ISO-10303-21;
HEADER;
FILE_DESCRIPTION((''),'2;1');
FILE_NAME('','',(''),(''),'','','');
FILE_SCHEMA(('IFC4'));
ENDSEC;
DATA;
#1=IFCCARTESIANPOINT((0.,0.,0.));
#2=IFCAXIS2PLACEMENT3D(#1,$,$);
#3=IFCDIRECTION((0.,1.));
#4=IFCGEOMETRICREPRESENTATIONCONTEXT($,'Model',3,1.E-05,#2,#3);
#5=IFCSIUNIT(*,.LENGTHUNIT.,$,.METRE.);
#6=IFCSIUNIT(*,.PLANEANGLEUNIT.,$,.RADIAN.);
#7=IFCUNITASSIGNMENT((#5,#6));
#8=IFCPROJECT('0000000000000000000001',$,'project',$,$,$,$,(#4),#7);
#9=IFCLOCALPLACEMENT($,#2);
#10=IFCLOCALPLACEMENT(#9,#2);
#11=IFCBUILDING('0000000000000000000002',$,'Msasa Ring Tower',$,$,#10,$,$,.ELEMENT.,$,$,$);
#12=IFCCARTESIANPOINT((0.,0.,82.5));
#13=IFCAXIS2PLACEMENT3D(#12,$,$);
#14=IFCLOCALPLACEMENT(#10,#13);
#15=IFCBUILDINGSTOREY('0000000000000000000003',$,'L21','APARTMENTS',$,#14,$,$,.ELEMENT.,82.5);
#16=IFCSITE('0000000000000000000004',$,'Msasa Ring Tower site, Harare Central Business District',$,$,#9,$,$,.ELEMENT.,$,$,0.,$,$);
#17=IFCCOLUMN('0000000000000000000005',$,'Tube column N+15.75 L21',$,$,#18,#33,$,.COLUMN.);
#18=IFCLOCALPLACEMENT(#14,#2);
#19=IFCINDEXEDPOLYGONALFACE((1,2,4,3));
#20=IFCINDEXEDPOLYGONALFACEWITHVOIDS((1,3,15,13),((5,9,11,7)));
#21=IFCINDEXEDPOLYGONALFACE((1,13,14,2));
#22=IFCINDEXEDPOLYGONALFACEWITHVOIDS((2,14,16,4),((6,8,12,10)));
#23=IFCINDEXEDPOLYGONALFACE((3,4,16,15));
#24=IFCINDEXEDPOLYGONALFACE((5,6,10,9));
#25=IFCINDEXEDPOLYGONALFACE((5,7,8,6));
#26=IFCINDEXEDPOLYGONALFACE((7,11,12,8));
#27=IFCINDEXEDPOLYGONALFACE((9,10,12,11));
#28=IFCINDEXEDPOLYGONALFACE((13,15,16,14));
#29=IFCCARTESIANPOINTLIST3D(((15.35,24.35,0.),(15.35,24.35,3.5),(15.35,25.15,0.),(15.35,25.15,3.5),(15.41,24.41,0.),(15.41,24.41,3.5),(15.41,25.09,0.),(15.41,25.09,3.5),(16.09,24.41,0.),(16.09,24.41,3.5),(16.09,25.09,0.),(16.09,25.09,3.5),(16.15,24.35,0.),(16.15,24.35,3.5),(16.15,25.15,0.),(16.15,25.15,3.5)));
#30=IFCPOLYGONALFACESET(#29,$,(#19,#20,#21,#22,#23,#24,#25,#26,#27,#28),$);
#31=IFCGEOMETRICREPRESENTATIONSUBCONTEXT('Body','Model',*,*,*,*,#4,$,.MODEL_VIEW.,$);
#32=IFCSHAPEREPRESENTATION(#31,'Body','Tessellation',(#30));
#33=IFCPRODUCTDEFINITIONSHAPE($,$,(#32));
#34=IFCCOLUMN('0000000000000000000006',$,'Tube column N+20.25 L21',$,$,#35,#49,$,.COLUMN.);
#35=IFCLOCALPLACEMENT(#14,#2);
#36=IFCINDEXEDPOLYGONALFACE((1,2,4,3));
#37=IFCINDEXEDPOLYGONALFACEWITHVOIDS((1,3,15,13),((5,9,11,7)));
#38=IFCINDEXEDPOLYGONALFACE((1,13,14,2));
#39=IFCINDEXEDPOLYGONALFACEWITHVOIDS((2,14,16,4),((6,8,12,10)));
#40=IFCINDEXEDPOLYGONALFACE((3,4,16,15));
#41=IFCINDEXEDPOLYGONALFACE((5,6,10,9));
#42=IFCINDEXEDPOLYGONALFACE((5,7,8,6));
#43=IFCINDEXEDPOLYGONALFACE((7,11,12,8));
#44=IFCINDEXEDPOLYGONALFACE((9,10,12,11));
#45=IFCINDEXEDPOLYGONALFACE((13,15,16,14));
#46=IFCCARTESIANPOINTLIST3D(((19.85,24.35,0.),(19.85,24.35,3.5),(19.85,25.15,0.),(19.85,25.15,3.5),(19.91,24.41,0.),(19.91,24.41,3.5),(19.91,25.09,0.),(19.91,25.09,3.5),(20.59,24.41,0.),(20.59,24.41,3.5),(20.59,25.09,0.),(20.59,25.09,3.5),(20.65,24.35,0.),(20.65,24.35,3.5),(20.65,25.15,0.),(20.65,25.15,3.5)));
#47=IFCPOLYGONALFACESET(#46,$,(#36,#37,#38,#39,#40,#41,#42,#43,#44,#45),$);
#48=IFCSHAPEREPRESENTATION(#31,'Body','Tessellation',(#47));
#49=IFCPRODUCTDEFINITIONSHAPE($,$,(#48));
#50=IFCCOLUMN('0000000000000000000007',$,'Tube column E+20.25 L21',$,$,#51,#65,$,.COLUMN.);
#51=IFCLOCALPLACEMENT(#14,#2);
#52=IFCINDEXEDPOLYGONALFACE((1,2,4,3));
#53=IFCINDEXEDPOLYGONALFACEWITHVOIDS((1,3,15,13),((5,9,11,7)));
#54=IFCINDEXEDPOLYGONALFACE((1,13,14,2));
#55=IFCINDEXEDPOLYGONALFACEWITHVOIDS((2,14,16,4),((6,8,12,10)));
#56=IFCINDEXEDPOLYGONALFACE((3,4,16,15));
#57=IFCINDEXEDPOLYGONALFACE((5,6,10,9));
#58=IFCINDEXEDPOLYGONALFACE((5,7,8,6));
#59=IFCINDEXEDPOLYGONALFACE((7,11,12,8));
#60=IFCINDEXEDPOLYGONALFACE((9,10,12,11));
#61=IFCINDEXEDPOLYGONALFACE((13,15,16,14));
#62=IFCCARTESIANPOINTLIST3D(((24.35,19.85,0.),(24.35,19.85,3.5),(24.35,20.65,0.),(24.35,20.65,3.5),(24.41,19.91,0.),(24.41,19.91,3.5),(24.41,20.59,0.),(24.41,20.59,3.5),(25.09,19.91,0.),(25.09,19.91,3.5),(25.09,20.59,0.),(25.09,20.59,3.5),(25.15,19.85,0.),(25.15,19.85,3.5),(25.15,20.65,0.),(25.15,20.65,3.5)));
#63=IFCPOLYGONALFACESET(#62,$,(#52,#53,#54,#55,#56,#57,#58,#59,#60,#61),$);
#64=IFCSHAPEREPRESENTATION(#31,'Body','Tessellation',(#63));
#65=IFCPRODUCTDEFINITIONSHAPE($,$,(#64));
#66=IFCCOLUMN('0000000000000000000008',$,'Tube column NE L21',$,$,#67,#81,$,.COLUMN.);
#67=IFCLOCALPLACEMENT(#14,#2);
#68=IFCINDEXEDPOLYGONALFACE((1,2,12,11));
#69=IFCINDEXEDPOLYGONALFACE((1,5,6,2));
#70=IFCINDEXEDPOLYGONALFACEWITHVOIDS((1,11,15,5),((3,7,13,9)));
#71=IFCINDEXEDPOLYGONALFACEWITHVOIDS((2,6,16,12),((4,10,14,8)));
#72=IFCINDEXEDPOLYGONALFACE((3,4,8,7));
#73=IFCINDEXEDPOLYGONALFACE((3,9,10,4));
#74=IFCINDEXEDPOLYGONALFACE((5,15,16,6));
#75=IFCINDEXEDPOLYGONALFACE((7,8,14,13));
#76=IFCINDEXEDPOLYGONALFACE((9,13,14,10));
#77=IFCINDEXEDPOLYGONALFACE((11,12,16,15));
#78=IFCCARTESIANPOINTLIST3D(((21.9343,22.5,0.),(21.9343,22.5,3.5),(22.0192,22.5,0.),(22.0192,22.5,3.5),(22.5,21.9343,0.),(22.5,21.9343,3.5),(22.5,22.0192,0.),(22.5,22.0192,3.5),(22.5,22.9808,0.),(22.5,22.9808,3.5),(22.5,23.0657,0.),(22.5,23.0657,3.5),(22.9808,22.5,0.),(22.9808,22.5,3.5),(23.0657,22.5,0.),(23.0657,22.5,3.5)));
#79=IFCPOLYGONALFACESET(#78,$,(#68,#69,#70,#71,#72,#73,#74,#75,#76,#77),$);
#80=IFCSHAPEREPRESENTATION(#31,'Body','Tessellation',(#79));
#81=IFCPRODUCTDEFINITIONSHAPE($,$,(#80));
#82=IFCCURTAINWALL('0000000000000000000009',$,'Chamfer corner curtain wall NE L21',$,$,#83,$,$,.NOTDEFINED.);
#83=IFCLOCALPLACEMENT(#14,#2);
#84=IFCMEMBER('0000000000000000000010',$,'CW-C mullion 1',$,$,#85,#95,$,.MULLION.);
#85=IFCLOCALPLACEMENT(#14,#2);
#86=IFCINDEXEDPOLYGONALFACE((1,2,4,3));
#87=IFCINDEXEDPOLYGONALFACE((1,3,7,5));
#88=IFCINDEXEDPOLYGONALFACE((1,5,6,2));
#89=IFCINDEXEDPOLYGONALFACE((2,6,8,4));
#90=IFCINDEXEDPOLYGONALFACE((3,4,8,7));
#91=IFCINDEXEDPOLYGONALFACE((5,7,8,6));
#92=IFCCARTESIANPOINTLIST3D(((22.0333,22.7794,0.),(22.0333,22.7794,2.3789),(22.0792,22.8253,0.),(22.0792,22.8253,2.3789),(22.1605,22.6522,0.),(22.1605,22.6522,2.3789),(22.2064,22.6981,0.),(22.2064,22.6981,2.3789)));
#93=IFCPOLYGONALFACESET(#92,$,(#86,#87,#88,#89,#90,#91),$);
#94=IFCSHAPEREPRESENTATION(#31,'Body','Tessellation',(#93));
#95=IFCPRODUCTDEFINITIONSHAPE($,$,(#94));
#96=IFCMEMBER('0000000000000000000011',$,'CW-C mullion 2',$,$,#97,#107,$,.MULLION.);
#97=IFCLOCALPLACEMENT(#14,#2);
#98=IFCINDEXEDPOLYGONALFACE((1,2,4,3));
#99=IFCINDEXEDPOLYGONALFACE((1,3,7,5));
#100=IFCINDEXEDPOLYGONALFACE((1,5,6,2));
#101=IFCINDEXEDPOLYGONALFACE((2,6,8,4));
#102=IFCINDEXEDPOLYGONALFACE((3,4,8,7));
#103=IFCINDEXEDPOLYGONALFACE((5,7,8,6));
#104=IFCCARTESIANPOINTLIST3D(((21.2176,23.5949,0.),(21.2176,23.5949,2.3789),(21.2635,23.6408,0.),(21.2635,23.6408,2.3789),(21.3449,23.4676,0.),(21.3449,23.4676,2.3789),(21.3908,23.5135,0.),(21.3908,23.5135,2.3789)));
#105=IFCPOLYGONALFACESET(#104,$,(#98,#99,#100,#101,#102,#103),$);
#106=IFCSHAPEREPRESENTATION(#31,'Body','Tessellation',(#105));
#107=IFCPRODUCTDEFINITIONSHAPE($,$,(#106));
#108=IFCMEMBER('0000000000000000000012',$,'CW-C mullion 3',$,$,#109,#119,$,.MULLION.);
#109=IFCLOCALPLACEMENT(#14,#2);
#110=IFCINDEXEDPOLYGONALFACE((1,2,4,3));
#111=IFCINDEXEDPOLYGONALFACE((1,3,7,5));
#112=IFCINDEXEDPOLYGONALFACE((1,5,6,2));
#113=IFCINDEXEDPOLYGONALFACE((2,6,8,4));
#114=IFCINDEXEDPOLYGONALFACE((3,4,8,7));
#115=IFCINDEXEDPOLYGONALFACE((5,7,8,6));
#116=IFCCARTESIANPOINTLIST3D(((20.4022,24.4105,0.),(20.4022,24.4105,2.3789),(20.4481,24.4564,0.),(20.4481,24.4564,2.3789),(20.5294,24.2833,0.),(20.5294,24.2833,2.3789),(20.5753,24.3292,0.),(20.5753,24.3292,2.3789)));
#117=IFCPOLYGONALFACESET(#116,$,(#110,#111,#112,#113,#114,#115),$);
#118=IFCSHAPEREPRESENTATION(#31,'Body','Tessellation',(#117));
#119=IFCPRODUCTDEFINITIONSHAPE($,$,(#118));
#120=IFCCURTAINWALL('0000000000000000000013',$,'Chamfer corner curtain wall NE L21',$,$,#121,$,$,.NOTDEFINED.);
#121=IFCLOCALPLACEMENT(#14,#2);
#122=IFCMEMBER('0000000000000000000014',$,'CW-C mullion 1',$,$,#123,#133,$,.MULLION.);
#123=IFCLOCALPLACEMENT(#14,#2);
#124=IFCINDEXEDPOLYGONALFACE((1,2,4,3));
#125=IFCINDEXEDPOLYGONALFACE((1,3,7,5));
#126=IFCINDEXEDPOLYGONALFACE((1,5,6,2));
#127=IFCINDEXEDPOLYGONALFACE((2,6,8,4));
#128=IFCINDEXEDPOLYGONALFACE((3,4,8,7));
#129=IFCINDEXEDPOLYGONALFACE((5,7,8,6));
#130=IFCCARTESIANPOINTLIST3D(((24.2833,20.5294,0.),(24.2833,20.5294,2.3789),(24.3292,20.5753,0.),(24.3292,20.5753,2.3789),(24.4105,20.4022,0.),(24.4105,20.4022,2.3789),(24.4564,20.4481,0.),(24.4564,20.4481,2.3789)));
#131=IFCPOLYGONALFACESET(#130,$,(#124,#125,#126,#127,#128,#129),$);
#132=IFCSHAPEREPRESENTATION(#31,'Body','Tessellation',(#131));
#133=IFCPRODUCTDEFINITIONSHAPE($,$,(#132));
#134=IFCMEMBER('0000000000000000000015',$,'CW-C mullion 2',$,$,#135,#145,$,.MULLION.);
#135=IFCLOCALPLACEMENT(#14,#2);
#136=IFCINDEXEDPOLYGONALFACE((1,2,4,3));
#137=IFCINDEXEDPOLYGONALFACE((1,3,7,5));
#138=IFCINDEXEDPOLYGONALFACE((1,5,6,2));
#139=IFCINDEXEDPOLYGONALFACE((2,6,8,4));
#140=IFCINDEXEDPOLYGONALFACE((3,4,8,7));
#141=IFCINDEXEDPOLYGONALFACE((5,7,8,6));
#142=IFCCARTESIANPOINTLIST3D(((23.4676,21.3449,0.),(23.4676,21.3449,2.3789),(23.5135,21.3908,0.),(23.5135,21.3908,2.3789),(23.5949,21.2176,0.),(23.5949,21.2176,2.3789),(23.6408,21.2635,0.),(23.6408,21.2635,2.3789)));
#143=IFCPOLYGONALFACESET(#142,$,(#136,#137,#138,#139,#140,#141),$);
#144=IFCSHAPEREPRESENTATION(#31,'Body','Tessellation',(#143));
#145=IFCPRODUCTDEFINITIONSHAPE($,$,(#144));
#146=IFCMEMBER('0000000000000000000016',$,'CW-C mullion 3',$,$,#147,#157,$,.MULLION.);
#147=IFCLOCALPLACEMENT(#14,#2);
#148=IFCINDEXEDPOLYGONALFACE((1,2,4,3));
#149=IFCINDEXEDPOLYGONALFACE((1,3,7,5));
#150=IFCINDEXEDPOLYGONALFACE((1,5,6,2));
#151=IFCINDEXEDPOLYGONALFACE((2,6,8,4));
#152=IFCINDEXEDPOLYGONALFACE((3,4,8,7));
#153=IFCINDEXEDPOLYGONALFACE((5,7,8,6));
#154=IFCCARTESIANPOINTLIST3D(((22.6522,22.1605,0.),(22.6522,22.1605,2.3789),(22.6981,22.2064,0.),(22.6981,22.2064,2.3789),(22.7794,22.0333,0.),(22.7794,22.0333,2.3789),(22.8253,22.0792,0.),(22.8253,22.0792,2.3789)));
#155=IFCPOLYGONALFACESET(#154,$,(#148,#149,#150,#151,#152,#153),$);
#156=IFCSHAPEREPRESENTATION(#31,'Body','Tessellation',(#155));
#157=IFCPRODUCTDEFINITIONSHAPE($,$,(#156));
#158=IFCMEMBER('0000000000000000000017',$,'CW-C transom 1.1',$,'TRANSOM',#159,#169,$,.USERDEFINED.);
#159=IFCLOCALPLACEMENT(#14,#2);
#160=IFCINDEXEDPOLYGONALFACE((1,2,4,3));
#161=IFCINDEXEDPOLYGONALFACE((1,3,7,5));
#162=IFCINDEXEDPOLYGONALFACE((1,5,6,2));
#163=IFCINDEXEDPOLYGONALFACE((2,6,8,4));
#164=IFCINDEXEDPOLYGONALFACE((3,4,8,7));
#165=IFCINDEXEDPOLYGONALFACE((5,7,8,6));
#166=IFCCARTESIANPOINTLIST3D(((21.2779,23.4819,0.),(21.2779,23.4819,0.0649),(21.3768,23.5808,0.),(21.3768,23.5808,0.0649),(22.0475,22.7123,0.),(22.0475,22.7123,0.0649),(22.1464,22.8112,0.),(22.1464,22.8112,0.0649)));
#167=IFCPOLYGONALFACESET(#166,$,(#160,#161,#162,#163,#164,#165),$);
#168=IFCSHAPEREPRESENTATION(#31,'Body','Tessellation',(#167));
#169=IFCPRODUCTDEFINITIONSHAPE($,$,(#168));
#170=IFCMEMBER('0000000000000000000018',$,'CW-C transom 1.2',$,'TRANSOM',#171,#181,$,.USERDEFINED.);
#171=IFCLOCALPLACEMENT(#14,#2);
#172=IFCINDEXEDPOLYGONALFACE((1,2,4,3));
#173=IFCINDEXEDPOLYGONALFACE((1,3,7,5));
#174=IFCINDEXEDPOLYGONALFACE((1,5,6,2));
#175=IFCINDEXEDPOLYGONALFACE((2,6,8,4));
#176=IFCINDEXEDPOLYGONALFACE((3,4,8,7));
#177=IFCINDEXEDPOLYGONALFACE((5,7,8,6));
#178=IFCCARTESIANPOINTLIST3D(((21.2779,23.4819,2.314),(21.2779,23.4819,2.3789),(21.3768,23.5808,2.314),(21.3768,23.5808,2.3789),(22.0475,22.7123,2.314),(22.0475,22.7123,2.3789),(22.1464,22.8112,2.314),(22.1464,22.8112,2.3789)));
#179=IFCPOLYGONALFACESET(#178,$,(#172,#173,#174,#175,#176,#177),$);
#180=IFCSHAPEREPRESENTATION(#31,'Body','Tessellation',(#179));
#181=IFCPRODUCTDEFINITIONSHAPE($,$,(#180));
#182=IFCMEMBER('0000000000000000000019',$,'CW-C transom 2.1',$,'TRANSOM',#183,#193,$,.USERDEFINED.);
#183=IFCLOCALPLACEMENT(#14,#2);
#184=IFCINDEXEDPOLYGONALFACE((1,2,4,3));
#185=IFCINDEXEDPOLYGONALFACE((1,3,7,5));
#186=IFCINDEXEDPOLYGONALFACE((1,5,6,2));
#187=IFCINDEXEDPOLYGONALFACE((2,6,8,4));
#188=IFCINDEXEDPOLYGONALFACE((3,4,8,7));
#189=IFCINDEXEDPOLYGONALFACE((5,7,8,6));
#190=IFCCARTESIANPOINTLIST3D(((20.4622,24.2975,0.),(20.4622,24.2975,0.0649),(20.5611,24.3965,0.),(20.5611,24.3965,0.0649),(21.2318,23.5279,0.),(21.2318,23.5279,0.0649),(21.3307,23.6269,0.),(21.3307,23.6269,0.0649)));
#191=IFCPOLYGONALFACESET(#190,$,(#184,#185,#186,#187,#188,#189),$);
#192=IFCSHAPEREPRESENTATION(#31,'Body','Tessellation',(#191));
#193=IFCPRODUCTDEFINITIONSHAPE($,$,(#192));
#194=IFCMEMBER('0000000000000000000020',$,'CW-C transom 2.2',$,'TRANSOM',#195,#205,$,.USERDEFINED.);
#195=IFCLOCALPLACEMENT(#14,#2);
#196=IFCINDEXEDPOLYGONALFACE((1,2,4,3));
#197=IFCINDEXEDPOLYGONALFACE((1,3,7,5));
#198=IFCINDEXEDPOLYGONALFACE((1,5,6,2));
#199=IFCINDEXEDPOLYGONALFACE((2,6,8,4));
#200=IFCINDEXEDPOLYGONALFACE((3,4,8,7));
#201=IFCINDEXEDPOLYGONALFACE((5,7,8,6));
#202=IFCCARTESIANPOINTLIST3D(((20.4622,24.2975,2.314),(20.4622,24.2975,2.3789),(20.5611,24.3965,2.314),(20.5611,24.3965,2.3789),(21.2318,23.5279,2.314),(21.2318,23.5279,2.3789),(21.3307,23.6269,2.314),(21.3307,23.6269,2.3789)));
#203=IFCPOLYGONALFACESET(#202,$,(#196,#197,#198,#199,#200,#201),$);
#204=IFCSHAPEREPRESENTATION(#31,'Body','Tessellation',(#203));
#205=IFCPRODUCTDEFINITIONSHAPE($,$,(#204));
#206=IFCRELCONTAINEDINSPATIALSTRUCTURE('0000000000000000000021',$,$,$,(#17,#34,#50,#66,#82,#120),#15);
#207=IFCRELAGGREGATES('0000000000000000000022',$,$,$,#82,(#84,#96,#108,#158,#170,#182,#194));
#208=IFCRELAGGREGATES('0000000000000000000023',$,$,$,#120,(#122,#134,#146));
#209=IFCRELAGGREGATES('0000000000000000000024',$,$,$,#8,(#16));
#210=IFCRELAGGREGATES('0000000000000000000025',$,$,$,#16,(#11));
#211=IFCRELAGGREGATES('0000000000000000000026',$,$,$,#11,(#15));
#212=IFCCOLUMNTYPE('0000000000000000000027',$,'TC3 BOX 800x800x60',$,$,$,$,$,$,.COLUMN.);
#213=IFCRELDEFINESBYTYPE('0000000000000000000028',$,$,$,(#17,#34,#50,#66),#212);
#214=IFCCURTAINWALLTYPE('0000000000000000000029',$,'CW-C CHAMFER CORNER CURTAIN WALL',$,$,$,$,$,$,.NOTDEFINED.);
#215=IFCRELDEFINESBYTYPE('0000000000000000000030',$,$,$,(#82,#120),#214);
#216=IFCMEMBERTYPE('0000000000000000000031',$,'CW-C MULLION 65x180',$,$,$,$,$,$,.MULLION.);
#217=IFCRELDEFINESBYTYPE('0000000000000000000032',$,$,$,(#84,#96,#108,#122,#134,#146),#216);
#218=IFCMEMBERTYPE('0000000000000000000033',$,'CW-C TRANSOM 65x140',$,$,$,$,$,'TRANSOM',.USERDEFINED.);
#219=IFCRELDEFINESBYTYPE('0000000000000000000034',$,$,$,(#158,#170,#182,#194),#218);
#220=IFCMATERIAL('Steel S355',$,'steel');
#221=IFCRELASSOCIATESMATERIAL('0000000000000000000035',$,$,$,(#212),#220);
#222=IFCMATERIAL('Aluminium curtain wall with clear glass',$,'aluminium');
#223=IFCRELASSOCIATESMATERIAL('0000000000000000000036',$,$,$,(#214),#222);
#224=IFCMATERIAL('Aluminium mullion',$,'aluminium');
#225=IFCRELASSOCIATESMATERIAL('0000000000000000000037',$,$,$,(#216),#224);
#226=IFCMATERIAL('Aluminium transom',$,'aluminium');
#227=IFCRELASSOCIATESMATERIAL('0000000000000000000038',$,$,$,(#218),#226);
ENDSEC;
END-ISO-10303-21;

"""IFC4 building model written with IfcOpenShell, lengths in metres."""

from ifc_helpers import new_model, si_unit, direction, frame, origin, origin_2d, place, context, subcontext, project, spatial, rectangle, hollow_rectangle, extrude, material, material_profile, profile_set, type_object, element, aggregate, save


model = new_model("IFC4")

# Units and contexts
model_context = context("Model", 3, precision=1e-05, world=origin(), true_north=direction((0.0, 1.0)))
body_context = subcontext(model_context, "Body", "Model", "MODEL_VIEW")
ifc_project = project(units=[si_unit("LENGTHUNIT", "METRE"), si_unit("PLANEANGLEUNIT", "RADIAN")], contexts=[model_context])

# Site, building, storey
site_placement = place(None, origin())
site = spatial("IfcSite", under=ifc_project, at=site_placement, Name="Msasa Ring Tower site, Harare Central Business District", CompositionType="ELEMENT", RefElevation=0.0)
building_placement = place(site_placement, origin())
building = spatial("IfcBuilding", under=site, at=building_placement, Name="Msasa Ring Tower", CompositionType="ELEMENT")
storey_placement = place(building_placement, frame((0.0, 0.0, 82.5)))
storey = spatial("IfcBuildingStorey", under=building, at=storey_placement, Name="L21", Description="APARTMENTS", CompositionType="ELEMENT", Elevation=82.5)

# Columns
ifc_material_1 = material(Name="Steel S355", Category="steel")
ifc_material_profile_1 = material_profile(ifc_material_1, hollow_rectangle(XDim=0.8, YDim=0.8, WallThickness=0.0601, at=origin_2d()), Name="BOX 800x800x60")
ifc_profile_set_1 = profile_set([ifc_material_profile_1], Name="Steel S355")
column_type = type_object("IfcColumnType", Name="TC3 BOX 800x800x60", PredefinedType="COLUMN", material=ifc_profile_set_1)
for number, where, z_axis, x_axis, name in (
    (1, (15.75, 24.75, 0.0), (0.0, 0.0, 1.0), (0.0, 1.0, 0.0), "Tube column N+15.75 L21"),
    (2, (20.25, 24.75, 0.0), (0.0, 0.0, 1.0), (0.0, 1.0, 0.0), "Tube column N+20.25 L21"),
    (3, (24.75, 20.25, 0.0), (0.0, 0.0, 1.0), (1.0, 0.0, 0.0), "Tube column E+20.25 L21"),
    (4, (22.5, 22.5, 0.0), (0.0, 0.0, 1.0), (0.707107, 0.707107, 0.0), "Tube column NE L21"),
):
    element("IfcColumn", number, at=place(storey_placement, frame(where, z_axis=z_axis, x_axis=x_axis)), inside=storey, type_object=column_type, Name=name, PredefinedType="COLUMN", context=body_context, shape_type="SweptSolid", body=[
        extrude(hollow_rectangle(XDim=0.8, YDim=0.8, WallThickness=0.0601, at=origin_2d()), origin(), (0.0, 0.0, 1.0), 3.5),
    ])

# Curtain walls, members
ifc_material_2 = material(Name="Aluminium curtain wall with clear glass", Category="aluminium")
curtain_wall_type = type_object("IfcCurtainWallType", Name="CW-C CHAMFER CORNER CURTAIN WALL", PredefinedType="NOTDEFINED", material=ifc_material_2)
curtain_wall_1_placement = place(storey_placement, origin())
curtain_wall_1 = element("IfcCurtainWall", 5, at=curtain_wall_1_placement, inside=storey, type_object=curtain_wall_type, Name="Chamfer corner curtain wall NE L21", PredefinedType="NOTDEFINED")
ifc_material_3 = material(Name="Aluminium mullion", Category="aluminium")
ifc_material_profile_2 = material_profile(ifc_material_3, rectangle(XDim=0.0649, YDim=0.1799, at=origin_2d()), Name="AL 65x180")
ifc_profile_set_2 = profile_set([ifc_material_profile_2], Name="Aluminium mullion")
member_type_1 = type_object("IfcMemberType", Name="CW-C MULLION 65x180", PredefinedType="MULLION", material=ifc_profile_set_2)
member_1_placement = place(storey_placement, frame((22.1199, 22.7388, 0.0), z_axis=(0.0, 0.0, 1.0), x_axis=(-0.707107, -0.707107, 0.0)))
member_1 = element("IfcMember", 6, at=member_1_placement, type_object=member_type_1, Name="CW-C mullion 1", PredefinedType="MULLION", context=body_context, shape_type="SweptSolid", body=[
    extrude(rectangle(XDim=0.0649, YDim=0.1799, at=origin_2d()), origin(), (0.0, 0.0, 1.0), 2.3789),
])
member_2_placement = place(storey_placement, frame((21.3042, 23.5542, 0.0), z_axis=(0.0, 0.0, 1.0), x_axis=(-0.707107, -0.707107, 0.0)))
member_2 = element("IfcMember", 7, at=member_2_placement, type_object=member_type_1, Name="CW-C mullion 2", PredefinedType="MULLION", context=body_context, shape_type="SweptSolid", body=[
    extrude(rectangle(XDim=0.0649, YDim=0.1799, at=origin_2d()), origin(), (0.0, 0.0, 1.0), 2.3789),
])
member_3_placement = place(storey_placement, frame((20.4888, 24.3699, 0.0), z_axis=(0.0, 0.0, 1.0), x_axis=(-0.707107, -0.707107, 0.0)))
member_3 = element("IfcMember", 8, at=member_3_placement, type_object=member_type_1, Name="CW-C mullion 3", PredefinedType="MULLION", context=body_context, shape_type="SweptSolid", body=[
    extrude(rectangle(XDim=0.0649, YDim=0.1799, at=origin_2d()), origin(), (0.0, 0.0, 1.0), 2.3789),
])
curtain_wall_2_placement = place(storey_placement, origin())
curtain_wall_2 = element("IfcCurtainWall", 9, at=curtain_wall_2_placement, inside=storey, type_object=curtain_wall_type, Name="Chamfer corner curtain wall NE L21", PredefinedType="NOTDEFINED")
member_4_placement = place(storey_placement, frame((24.3699, 20.4888, 0.0), z_axis=(0.0, 0.0, 1.0), x_axis=(-0.707107, -0.707107, 0.0)))
member_4 = element("IfcMember", 10, at=member_4_placement, type_object=member_type_1, Name="CW-C mullion 1", PredefinedType="MULLION", context=body_context, shape_type="SweptSolid", body=[
    extrude(rectangle(XDim=0.0649, YDim=0.1799, at=origin_2d()), origin(), (0.0, 0.0, 1.0), 2.3789),
])
member_5_placement = place(storey_placement, frame((23.5542, 21.3042, 0.0), z_axis=(0.0, 0.0, 1.0), x_axis=(-0.707107, -0.707107, 0.0)))
member_5 = element("IfcMember", 11, at=member_5_placement, type_object=member_type_1, Name="CW-C mullion 2", PredefinedType="MULLION", context=body_context, shape_type="SweptSolid", body=[
    extrude(rectangle(XDim=0.0649, YDim=0.1799, at=origin_2d()), origin(), (0.0, 0.0, 1.0), 2.3789),
])
member_6_placement = place(storey_placement, frame((22.7388, 22.1199, 0.0), z_axis=(0.0, 0.0, 1.0), x_axis=(-0.707107, -0.707107, 0.0)))
member_6 = element("IfcMember", 12, at=member_6_placement, type_object=member_type_1, Name="CW-C mullion 3", PredefinedType="MULLION", context=body_context, shape_type="SweptSolid", body=[
    extrude(rectangle(XDim=0.0649, YDim=0.1799, at=origin_2d()), origin(), (0.0, 0.0, 1.0), 2.3789),
])

# Members
ifc_material_4 = material(Name="Aluminium transom", Category="aluminium")
ifc_material_profile_3 = material_profile(ifc_material_4, rectangle(XDim=0.1399, YDim=0.0649, at=origin_2d()), Name="AL 65x140")
ifc_profile_set_3 = profile_set([ifc_material_profile_3], Name="Aluminium transom")
member_type_2 = type_object("IfcMemberType", Name="CW-C TRANSOM 65x140", ElementType="TRANSOM", PredefinedType="USERDEFINED", material=ifc_profile_set_3)
member_7_placement = place(storey_placement, frame((22.0969, 22.7617, 0.0325), z_axis=(-0.707107, 0.707107, 0.0), x_axis=(-0.707107, -0.707107, 0.0)))
member_7 = element("IfcMember", 13, at=member_7_placement, type_object=member_type_2, Name="CW-C transom 1.1", ObjectType="TRANSOM", PredefinedType="USERDEFINED", context=body_context, shape_type="SweptSolid", body=[
    extrude(rectangle(XDim=0.1399, YDim=0.0649, at=origin_2d()), origin(), (0.0, 0.0, 1.0), 1.0884),
])
member_8_placement = place(storey_placement, frame((22.0969, 22.7617, 2.3464), z_axis=(-0.707107, 0.707107, 0.0), x_axis=(-0.707107, -0.707107, 0.0)))
member_8 = element("IfcMember", 14, at=member_8_placement, type_object=member_type_2, Name="CW-C transom 1.2", ObjectType="TRANSOM", PredefinedType="USERDEFINED", context=body_context, shape_type="SweptSolid", body=[
    extrude(rectangle(XDim=0.1399, YDim=0.0649, at=origin_2d()), origin(), (0.0, 0.0, 1.0), 1.0884),
])
member_9_placement = place(storey_placement, frame((21.2812, 23.5774, 0.0325), z_axis=(-0.707107, 0.707107, 0.0), x_axis=(-0.707107, -0.707107, 0.0)))
member_9 = element("IfcMember", 15, at=member_9_placement, type_object=member_type_2, Name="CW-C transom 2.1", ObjectType="TRANSOM", PredefinedType="USERDEFINED", context=body_context, shape_type="SweptSolid", body=[
    extrude(rectangle(XDim=0.1399, YDim=0.0649, at=origin_2d()), origin(), (0.0, 0.0, 1.0), 1.0884),
])
member_10_placement = place(storey_placement, frame((21.2812, 23.5774, 2.3464), z_axis=(-0.707107, 0.707107, 0.0), x_axis=(-0.707107, -0.707107, 0.0)))
member_10 = element("IfcMember", 16, at=member_10_placement, type_object=member_type_2, Name="CW-C transom 2.2", ObjectType="TRANSOM", PredefinedType="USERDEFINED", context=body_context, shape_type="SweptSolid", body=[
    extrude(rectangle(XDim=0.1399, YDim=0.0649, at=origin_2d()), origin(), (0.0, 0.0, 1.0), 1.0884),
])

aggregate(curtain_wall_1, [member_1, member_2, member_3, member_7, member_8, member_9, member_10])
aggregate(curtain_wall_2, [member_4, member_5, member_6])

save(model, "model.ifc")
